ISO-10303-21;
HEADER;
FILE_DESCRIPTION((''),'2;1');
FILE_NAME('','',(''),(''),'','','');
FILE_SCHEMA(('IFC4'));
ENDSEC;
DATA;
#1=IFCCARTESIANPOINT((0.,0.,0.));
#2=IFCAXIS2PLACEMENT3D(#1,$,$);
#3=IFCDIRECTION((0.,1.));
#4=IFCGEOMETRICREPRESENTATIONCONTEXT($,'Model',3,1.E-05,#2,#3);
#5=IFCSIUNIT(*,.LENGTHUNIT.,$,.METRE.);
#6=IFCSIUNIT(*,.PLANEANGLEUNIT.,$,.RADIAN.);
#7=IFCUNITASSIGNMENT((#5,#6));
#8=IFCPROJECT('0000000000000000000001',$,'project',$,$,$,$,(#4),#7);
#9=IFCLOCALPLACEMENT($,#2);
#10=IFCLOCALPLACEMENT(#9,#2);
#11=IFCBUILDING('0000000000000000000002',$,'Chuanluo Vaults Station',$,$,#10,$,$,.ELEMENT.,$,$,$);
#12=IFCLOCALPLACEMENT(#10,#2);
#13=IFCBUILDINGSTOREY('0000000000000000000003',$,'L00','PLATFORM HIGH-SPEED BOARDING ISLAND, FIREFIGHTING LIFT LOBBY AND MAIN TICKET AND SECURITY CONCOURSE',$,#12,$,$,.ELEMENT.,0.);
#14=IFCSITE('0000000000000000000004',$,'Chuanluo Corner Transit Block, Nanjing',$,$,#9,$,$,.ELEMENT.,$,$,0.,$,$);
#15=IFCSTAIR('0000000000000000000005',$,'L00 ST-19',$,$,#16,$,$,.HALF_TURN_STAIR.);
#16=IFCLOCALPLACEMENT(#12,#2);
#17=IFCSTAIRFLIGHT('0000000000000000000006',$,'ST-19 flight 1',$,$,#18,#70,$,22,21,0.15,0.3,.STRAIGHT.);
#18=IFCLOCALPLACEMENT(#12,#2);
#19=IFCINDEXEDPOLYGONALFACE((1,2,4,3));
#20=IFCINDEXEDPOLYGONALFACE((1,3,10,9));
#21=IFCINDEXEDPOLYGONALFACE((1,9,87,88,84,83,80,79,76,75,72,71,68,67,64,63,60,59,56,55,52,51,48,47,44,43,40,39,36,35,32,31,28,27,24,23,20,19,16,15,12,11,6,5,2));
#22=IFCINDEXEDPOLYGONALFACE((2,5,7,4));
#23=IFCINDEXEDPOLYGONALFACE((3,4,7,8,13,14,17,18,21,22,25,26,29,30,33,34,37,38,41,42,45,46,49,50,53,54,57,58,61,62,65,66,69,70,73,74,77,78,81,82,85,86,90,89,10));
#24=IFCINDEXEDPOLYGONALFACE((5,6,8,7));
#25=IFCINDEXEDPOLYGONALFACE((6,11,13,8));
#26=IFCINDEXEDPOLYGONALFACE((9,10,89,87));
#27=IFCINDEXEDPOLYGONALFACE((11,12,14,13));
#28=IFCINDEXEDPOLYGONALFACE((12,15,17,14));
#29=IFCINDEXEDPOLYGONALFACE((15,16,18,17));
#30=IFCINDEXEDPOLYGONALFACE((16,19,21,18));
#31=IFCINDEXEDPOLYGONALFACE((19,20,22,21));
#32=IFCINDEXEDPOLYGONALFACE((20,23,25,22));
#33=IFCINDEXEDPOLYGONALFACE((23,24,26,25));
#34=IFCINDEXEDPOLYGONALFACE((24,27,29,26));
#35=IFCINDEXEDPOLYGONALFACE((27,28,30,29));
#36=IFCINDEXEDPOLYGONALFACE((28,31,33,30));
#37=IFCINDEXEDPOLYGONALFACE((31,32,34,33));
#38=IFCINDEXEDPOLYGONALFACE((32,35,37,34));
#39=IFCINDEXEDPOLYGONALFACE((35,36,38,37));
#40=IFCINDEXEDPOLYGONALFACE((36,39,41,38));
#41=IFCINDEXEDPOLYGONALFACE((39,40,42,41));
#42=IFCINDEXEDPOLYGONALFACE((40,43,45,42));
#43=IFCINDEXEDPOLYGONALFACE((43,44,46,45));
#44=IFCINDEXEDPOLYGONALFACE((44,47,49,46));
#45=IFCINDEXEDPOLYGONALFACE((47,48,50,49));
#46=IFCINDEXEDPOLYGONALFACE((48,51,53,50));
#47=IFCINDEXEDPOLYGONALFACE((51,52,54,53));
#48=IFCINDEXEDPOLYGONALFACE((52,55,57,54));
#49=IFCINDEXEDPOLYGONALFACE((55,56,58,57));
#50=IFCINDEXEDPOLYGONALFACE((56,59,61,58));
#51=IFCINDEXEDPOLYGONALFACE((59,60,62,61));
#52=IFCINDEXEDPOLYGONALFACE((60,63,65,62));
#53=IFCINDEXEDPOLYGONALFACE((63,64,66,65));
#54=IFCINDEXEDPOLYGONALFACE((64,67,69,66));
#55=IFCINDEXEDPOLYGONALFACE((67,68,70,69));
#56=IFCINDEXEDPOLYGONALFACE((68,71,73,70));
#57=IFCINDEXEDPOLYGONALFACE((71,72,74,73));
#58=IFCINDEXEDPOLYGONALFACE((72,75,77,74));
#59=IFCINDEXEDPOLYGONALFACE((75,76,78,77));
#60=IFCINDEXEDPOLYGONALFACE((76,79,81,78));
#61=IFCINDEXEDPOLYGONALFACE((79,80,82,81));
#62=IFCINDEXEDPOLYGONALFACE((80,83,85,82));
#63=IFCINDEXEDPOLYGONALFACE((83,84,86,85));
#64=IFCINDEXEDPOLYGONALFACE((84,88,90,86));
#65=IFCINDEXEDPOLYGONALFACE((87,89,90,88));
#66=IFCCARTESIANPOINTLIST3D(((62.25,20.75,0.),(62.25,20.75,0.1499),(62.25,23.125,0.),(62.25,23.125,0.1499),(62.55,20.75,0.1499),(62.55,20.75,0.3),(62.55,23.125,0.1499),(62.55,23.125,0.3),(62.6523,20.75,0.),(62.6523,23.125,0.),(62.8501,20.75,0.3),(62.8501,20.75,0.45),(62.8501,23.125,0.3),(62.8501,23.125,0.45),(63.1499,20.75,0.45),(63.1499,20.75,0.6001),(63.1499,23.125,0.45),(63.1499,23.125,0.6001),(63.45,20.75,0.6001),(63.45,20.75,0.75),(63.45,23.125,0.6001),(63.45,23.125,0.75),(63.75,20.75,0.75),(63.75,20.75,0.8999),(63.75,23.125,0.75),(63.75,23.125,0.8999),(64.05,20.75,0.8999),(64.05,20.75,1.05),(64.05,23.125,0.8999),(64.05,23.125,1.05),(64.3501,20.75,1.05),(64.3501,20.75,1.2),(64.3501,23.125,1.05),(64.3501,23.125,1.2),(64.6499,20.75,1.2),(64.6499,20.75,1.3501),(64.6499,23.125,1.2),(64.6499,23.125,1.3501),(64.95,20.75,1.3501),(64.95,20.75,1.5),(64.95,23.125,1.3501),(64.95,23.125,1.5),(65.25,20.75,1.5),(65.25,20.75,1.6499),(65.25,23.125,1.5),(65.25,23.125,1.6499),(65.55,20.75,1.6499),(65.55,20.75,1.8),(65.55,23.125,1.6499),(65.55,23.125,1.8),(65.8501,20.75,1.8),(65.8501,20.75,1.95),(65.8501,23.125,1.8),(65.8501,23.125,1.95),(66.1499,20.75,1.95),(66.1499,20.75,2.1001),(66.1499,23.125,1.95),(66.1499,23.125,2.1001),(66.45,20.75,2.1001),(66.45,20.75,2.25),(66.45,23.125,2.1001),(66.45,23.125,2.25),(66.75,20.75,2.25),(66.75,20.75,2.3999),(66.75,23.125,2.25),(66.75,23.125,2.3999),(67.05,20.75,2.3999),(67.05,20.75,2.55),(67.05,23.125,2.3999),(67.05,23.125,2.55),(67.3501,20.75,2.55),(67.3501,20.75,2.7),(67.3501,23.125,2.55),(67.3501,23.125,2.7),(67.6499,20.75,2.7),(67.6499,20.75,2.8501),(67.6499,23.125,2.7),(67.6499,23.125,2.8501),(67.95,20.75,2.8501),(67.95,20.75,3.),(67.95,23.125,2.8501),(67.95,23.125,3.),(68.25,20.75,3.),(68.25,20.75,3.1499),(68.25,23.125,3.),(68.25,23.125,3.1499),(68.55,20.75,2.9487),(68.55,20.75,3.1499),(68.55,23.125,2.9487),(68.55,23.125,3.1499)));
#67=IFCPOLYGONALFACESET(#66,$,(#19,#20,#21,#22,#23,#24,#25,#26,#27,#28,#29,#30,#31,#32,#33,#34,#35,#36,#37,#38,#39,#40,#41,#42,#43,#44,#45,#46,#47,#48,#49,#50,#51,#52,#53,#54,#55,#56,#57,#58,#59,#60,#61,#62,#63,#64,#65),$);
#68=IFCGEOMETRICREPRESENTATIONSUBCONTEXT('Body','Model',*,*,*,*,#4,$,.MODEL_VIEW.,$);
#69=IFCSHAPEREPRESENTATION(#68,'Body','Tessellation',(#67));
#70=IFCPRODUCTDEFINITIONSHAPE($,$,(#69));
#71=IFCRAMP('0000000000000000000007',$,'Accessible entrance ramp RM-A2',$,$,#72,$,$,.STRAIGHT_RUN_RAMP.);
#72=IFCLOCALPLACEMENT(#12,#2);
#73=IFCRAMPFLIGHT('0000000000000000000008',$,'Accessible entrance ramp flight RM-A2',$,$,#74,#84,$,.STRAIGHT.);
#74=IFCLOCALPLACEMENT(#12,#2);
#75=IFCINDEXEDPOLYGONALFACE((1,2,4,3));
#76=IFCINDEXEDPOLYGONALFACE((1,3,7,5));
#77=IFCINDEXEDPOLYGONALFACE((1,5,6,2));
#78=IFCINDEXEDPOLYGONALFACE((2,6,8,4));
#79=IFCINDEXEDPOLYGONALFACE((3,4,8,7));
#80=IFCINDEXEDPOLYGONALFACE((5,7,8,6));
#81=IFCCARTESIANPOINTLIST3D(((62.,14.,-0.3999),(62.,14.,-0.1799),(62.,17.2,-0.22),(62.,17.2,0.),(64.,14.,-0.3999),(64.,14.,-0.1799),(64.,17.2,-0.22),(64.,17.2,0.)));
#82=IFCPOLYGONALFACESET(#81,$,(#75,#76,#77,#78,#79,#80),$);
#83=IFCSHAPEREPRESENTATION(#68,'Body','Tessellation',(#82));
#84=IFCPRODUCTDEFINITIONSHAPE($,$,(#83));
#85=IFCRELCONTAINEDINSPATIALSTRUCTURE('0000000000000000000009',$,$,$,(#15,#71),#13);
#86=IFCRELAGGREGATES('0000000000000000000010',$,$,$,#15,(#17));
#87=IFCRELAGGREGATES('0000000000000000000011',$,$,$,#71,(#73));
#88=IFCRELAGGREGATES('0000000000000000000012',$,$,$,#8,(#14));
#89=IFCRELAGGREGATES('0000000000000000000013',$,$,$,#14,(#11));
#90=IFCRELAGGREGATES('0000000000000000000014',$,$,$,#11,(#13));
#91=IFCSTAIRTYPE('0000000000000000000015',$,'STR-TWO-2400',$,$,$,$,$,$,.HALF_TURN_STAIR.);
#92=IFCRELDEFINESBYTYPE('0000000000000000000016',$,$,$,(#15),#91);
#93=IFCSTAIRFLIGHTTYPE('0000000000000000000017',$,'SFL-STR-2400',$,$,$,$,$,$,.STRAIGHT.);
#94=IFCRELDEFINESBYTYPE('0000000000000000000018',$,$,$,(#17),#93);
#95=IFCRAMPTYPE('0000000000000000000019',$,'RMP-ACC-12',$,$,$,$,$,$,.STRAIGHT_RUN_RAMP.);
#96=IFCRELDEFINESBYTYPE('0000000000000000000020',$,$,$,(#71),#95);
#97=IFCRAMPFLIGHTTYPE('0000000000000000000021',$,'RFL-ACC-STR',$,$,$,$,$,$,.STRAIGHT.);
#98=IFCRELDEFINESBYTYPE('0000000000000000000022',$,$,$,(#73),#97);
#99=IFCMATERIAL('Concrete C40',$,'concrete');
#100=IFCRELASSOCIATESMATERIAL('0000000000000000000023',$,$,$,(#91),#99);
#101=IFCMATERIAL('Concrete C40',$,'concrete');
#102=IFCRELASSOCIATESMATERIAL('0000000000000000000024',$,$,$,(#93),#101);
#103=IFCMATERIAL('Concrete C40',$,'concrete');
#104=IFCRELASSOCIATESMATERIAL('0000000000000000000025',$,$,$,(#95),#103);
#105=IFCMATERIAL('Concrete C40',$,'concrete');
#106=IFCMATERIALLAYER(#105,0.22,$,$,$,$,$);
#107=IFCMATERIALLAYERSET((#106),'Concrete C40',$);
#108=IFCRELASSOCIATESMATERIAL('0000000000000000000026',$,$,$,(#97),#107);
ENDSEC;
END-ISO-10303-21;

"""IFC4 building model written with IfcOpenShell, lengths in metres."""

from ifc_helpers import new_model, si_unit, direction, frame, origin, place, context, subcontext, project, spatial, polyline, outline, extrude, material, layer, layer_set, type_object, element, aggregate, save


model = new_model("IFC4")

# Units and contexts
model_context = context("Model", 3, precision=1e-05, world=origin(), true_north=direction((0.0, 1.0)))
body_context = subcontext(model_context, "Body", "Model", "MODEL_VIEW")
ifc_project = project(units=[si_unit("LENGTHUNIT", "METRE"), si_unit("PLANEANGLEUNIT", "RADIAN")], contexts=[model_context])

# Site, building, storey
site_placement = place(None, origin())
site = spatial("IfcSite", under=ifc_project, at=site_placement, Name="Chuanluo Corner Transit Block, Nanjing", CompositionType="ELEMENT", RefElevation=0.0)
building_placement = place(site_placement, origin())
building = spatial("IfcBuilding", under=site, at=building_placement, Name="Chuanluo Vaults Station", CompositionType="ELEMENT")
storey_placement = place(building_placement, origin())
storey = spatial("IfcBuildingStorey", under=building, at=storey_placement, Name="L00", Description="PLATFORM HIGH-SPEED BOARDING ISLAND, FIREFIGHTING LIFT LOBBY AND MAIN TICKET AND SECURITY CONCOURSE", CompositionType="ELEMENT", Elevation=0.0)

# Stair, stair flight
ifc_material_1 = material(Name="Concrete C40", Category="concrete")
stair_type = type_object("IfcStairType", Name="STR-TWO-2400", PredefinedType="HALF_TURN_STAIR", material=ifc_material_1)
stair_placement = place(storey_placement, origin())
stair = element("IfcStair", 1, at=stair_placement, inside=storey, type_object=stair_type, Name="L00 ST-19", PredefinedType="HALF_TURN_STAIR")
ifc_material_2 = material(Name="Concrete C40", Category="concrete")
stair_flight_type = type_object("IfcStairFlightType", Name="SFL-STR-2400", PredefinedType="STRAIGHT", material=ifc_material_2)
stair_flight_placement = place(storey_placement, frame((62.25, 21.9375, 0.0), z_axis=(0.0, 0.0, 1.0), x_axis=(1.0, 0.0, 0.0)))
stair_flight = element("IfcStairFlight", 2, at=stair_flight_placement, type_object=stair_flight_type, Name="ST-19 flight 1", NumberOfRisers=22, NumberOfTreads=21, PredefinedType="STRAIGHT", RiserHeight=0.15, TreadLength=0.3, context=body_context, shape_type="SweptSolid", body=[
    extrude(outline(polyline([(0.0, 0.0), (0.0, 0.1499), (0.3, 0.1499), (0.3, 0.3), (0.6001, 0.3), (0.6001, 0.45), (0.8999, 0.45), (0.8999, 0.6001), (1.2, 0.6001), (1.2, 0.75), (1.5, 0.75), (1.5, 0.8999), (1.8, 0.8999), (1.8, 1.05), (2.1001, 1.05), (2.1001, 1.2), (2.3999, 1.2), (2.3999, 1.3501), (2.7, 1.3501), (2.7, 1.5), (3.0, 1.5), (3.0, 1.6499), (3.3, 1.6499), (3.3, 1.8), (3.6001, 1.8), (3.6001, 1.95), (3.8999, 1.95), (3.8999, 2.1001), (4.2, 2.1001), (4.2, 2.25), (4.5, 2.25), (4.5, 2.3999), (4.8, 2.3999), (4.8, 2.55), (5.1001, 2.55), (5.1001, 2.7), (5.3999, 2.7), (5.3999, 2.8501), (5.7, 2.8501), (5.7, 3.0), (6.0, 3.0), (6.0, 3.1499), (6.3, 3.1499), (6.3, 3.3), (6.3, 2.9487), (0.4023, 0.0), (0.0, 0.0)])), frame((0.0, 1.1875, 0.0), z_axis=(0.0, -1.0, 0.0), x_axis=(1.0, 0.0, 0.0)), (0.0, 0.0, 1.0), 2.375),
])
aggregate(stair, [stair_flight])

# Ramp, ramp flight
ifc_material_3 = material(Name="Concrete C40", Category="concrete")
ramp_type = type_object("IfcRampType", Name="RMP-ACC-12", PredefinedType="STRAIGHT_RUN_RAMP", material=ifc_material_3)
ramp_placement = place(storey_placement, origin())
ramp = element("IfcRamp", 3, at=ramp_placement, inside=storey, type_object=ramp_type, Name="Accessible entrance ramp RM-A2", PredefinedType="STRAIGHT_RUN_RAMP")
ifc_material_4 = material(Name="Concrete C40", Category="concrete")
ifc_layer_1 = layer(ifc_material_4, 0.22)
ifc_layer_set_1 = layer_set([ifc_layer_1], Name="Concrete C40")
ramp_flight_type = type_object("IfcRampFlightType", Name="RFL-ACC-STR", PredefinedType="STRAIGHT", material=ifc_layer_set_1)
ramp_flight_placement = place(storey_placement, frame((63.0, 14.0, -0.1799), z_axis=(0.0, 0.0, 1.0), x_axis=(0.0, 1.0, 0.0)))
ramp_flight = element("IfcRampFlight", 4, at=ramp_flight_placement, type_object=ramp_flight_type, Name="Accessible entrance ramp flight RM-A2", PredefinedType="STRAIGHT", context=body_context, shape_type="SweptSolid", body=[
    extrude(outline(polyline([(0.0, 0.0), (3.2, 0.1799), (3.2, -0.04), (0.0, -0.22), (0.0, 0.0)])), frame((0.0, 1.0, 0.0), z_axis=(0.0, -1.0, 0.0), x_axis=(1.0, 0.0, 0.0)), (0.0, 0.0, 1.0), 2.0),
])
aggregate(ramp, [ramp_flight])

save(model, "model.ifc")
